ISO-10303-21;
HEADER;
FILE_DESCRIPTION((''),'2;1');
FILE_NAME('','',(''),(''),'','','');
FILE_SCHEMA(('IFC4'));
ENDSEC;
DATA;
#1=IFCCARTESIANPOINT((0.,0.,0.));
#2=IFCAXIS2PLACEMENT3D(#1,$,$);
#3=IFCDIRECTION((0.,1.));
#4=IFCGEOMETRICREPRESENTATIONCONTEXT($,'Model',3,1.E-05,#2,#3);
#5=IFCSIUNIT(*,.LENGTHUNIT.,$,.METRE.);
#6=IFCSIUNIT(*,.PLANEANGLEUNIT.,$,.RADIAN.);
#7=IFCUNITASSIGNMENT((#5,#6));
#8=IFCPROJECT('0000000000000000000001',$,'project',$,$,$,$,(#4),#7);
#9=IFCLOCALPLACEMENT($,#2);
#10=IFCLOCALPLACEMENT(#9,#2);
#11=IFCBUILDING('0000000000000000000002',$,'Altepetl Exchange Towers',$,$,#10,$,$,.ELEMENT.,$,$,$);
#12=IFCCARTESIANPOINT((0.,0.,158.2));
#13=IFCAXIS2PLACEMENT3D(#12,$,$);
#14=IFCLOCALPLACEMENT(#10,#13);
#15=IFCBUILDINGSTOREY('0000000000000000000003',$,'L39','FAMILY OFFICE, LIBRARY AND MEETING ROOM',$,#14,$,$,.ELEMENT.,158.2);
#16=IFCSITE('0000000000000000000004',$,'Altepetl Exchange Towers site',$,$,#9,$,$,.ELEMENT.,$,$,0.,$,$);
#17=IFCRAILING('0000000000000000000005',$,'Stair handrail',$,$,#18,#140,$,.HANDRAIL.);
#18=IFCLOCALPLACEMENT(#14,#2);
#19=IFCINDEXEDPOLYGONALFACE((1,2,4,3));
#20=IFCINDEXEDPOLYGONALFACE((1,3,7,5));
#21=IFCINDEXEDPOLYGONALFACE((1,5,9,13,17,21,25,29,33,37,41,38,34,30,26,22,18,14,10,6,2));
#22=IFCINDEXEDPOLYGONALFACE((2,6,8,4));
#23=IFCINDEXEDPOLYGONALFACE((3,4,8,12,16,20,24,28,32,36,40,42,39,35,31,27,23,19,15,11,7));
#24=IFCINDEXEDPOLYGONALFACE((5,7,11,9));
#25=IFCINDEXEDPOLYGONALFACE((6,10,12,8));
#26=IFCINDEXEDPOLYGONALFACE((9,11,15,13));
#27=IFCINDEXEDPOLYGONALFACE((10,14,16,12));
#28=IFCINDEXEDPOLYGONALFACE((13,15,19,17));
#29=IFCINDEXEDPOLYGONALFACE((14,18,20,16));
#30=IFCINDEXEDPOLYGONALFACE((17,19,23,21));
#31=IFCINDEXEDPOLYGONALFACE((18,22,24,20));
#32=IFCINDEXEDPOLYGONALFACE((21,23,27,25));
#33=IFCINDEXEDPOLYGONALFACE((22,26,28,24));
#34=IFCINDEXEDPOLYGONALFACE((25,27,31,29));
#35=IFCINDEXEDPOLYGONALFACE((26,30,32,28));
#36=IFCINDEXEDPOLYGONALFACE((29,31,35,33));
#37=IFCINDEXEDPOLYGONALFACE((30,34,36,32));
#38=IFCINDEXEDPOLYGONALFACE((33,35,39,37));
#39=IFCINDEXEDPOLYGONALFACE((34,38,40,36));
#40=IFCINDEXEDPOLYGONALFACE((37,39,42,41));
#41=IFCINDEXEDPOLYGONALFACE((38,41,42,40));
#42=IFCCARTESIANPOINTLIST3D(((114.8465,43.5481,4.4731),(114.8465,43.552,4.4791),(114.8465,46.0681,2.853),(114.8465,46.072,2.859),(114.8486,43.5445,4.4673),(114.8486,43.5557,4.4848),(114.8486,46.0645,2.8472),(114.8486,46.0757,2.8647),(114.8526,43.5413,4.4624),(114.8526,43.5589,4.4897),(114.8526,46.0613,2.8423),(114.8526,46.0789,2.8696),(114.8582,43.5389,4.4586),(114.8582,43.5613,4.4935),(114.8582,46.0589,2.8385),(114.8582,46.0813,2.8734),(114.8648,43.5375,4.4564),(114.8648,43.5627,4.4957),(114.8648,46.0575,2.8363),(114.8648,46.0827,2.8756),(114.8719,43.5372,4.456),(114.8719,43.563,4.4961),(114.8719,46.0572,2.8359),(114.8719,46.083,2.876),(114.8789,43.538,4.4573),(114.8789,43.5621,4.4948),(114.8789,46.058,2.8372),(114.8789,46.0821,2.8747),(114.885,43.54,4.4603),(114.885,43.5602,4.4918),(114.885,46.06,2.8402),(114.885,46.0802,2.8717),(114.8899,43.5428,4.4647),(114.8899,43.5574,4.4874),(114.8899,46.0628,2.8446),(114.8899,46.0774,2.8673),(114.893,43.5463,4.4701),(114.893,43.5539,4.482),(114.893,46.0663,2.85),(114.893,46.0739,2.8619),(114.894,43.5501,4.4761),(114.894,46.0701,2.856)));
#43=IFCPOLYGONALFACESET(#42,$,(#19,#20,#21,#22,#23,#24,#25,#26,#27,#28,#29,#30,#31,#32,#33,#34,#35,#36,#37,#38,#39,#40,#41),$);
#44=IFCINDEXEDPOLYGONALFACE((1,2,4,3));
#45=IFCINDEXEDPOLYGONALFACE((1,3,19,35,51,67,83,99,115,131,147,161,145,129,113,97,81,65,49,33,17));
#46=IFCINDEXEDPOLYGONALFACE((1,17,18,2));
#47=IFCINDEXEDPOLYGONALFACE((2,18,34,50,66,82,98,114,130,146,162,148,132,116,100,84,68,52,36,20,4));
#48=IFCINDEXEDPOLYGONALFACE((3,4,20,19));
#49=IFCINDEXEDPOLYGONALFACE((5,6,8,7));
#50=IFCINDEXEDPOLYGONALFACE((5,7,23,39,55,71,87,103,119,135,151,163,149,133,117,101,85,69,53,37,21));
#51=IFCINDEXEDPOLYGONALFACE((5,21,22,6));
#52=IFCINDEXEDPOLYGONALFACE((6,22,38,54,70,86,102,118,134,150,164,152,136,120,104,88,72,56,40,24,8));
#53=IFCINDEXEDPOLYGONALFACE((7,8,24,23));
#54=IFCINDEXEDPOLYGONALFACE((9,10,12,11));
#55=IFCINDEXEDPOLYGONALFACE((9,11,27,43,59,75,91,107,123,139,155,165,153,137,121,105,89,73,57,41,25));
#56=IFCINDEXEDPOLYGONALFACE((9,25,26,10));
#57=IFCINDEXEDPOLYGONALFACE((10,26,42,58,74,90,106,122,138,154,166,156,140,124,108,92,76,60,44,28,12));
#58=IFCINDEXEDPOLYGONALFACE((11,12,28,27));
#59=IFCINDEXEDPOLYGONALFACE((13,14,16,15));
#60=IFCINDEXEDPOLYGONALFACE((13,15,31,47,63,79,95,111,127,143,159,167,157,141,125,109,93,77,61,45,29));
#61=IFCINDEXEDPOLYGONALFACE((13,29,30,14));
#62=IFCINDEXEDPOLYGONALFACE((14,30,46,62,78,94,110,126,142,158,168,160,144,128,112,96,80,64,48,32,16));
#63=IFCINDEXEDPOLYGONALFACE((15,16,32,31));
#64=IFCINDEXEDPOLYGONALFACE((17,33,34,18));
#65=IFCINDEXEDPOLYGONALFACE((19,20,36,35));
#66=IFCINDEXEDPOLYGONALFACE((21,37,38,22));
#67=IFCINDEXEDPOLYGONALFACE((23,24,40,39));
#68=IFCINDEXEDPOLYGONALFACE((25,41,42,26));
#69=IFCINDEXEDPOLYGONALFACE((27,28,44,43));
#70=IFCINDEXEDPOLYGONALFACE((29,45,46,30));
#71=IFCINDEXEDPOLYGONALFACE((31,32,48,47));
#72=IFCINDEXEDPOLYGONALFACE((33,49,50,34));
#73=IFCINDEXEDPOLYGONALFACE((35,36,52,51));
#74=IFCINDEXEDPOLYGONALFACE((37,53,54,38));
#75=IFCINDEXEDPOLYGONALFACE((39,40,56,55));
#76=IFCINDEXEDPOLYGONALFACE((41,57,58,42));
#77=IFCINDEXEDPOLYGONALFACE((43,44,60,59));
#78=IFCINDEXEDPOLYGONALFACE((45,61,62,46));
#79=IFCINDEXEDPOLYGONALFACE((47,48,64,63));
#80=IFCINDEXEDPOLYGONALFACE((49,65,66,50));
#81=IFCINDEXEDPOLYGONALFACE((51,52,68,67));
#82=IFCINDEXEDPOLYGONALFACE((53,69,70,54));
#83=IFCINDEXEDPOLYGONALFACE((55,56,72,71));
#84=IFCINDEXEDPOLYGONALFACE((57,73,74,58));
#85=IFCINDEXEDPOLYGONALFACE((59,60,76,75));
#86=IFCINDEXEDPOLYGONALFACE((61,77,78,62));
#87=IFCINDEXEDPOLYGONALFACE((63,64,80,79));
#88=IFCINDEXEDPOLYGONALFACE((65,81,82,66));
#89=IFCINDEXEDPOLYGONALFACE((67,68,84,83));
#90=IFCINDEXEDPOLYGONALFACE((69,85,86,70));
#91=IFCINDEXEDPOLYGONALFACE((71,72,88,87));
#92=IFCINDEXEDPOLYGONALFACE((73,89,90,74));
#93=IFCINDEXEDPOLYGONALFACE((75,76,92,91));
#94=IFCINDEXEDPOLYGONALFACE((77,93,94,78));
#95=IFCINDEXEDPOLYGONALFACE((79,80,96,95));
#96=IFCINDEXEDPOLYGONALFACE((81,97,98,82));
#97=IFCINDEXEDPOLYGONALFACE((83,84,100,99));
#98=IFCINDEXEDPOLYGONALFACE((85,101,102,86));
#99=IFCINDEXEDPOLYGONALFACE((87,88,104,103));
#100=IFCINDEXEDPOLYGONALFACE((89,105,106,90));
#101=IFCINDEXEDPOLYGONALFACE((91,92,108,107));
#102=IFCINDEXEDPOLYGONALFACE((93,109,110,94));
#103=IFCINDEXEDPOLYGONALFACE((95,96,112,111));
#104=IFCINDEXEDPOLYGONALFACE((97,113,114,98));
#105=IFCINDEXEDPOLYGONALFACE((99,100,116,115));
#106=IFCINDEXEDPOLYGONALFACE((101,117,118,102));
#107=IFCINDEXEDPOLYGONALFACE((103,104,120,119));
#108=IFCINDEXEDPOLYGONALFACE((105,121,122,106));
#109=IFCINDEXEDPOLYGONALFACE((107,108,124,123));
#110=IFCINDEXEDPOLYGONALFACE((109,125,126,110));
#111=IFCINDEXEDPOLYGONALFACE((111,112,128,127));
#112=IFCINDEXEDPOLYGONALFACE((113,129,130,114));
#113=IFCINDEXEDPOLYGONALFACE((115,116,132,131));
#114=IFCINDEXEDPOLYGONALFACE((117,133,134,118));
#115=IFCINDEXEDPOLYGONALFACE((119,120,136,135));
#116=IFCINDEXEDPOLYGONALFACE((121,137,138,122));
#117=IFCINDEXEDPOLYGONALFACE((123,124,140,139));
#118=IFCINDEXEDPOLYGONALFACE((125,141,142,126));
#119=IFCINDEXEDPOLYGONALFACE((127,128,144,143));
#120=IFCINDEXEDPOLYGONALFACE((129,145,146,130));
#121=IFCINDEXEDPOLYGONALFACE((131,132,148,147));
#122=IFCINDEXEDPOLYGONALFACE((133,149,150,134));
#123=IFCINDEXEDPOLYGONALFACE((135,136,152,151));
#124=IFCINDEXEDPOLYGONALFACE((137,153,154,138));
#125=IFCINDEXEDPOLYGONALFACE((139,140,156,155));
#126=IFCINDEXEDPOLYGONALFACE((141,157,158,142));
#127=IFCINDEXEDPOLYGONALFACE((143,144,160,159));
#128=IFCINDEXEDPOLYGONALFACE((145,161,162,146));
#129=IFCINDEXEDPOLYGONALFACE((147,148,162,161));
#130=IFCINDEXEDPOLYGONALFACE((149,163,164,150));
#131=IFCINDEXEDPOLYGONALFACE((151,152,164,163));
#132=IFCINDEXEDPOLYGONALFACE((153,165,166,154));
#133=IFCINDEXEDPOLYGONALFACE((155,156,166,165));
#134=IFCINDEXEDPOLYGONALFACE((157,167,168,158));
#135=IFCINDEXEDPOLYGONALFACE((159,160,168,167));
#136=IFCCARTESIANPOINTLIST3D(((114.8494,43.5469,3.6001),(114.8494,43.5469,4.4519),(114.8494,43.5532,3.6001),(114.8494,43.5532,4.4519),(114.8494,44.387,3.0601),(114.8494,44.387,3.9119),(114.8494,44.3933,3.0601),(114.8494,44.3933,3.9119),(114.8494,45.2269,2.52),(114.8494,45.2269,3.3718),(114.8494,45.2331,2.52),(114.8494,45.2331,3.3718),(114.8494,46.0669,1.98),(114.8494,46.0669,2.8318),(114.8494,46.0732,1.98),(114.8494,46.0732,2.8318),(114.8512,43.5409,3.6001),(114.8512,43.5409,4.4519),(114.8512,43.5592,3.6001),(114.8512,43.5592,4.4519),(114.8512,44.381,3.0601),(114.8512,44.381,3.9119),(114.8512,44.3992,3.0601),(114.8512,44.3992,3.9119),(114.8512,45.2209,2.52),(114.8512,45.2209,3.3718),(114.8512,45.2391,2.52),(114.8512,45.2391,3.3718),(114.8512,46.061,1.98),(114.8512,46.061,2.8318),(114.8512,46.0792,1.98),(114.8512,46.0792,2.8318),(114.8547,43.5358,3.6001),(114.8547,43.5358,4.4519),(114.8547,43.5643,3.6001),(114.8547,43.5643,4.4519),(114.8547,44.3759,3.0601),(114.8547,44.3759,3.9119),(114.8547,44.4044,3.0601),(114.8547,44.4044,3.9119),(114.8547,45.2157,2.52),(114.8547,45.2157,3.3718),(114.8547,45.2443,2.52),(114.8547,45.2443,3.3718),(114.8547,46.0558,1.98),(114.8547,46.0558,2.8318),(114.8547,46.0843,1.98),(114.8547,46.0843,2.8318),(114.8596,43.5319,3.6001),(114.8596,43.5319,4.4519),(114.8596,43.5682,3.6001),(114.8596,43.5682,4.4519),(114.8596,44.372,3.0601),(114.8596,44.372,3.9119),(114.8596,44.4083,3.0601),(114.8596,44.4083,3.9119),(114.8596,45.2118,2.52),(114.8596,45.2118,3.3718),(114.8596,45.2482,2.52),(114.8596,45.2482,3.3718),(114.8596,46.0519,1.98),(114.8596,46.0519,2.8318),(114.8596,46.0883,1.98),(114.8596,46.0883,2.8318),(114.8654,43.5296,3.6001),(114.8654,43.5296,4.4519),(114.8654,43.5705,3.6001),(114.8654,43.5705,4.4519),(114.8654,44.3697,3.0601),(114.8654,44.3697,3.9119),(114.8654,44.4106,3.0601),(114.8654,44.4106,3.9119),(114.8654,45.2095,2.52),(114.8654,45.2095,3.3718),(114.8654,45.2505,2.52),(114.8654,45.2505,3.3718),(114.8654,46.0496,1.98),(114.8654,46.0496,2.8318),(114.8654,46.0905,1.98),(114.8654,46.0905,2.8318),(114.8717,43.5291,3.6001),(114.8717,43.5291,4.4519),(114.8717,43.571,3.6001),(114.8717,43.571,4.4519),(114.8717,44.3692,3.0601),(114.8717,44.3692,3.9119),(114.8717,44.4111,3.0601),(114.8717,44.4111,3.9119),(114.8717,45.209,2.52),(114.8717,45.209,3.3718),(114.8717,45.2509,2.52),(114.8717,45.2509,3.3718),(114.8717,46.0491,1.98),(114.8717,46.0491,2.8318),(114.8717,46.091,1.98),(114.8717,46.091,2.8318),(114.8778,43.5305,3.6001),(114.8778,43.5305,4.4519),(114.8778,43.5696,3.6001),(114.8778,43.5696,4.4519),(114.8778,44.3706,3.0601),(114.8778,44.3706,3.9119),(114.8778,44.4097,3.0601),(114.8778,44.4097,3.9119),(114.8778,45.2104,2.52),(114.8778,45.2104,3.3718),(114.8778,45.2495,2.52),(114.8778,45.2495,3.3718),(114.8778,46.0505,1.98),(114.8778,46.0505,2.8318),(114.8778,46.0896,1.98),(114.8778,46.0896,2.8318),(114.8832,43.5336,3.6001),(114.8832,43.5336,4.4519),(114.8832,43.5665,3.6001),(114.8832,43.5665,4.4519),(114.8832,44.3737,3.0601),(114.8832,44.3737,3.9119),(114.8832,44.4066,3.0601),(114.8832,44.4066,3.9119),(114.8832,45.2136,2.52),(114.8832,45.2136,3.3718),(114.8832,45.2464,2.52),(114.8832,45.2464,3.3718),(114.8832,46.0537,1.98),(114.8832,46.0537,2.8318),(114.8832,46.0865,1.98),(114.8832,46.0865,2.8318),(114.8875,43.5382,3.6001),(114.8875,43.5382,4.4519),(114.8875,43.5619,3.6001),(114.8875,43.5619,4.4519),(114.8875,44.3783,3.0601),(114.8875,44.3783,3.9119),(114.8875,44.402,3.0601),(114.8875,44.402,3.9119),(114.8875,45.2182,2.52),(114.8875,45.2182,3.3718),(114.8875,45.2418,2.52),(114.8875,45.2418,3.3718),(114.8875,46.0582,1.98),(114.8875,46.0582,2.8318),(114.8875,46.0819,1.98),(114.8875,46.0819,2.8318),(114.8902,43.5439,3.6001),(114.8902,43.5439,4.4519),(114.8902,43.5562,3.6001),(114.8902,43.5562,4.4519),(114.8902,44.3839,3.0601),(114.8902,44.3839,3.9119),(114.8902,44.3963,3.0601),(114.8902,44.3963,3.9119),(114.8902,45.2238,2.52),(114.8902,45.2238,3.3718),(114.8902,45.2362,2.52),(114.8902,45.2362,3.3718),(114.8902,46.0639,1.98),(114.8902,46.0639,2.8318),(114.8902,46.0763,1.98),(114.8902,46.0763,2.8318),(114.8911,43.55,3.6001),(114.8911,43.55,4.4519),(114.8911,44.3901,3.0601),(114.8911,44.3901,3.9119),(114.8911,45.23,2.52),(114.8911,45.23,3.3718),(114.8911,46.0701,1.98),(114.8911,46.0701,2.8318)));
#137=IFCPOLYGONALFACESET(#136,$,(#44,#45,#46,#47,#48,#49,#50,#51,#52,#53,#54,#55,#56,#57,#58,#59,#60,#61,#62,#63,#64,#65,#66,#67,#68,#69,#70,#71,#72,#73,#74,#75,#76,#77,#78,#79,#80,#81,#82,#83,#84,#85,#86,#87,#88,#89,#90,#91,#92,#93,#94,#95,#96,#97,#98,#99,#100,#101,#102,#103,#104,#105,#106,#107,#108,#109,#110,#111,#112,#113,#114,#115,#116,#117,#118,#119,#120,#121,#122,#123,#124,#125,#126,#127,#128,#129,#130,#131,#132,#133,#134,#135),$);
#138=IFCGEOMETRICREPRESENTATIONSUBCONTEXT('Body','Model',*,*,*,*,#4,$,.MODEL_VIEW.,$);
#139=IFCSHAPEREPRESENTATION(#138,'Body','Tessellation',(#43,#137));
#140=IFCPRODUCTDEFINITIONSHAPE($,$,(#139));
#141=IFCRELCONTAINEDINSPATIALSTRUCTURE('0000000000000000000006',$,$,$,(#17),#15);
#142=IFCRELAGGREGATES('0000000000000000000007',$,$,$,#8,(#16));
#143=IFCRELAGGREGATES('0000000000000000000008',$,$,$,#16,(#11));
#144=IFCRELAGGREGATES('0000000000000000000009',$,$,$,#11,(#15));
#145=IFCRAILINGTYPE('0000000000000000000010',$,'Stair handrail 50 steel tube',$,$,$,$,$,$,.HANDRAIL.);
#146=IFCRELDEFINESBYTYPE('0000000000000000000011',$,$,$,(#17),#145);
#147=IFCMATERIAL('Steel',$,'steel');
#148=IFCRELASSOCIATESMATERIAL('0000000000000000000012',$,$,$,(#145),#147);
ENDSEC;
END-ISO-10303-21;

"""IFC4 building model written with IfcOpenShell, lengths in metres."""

from ifc_helpers import new_model, si_unit, direction, frame, origin, origin_2d, place, context, subcontext, project, spatial, circle, extrude, source, transform, mapped, material, type_object, element, save


model = new_model("IFC4")

# Units and contexts
model_context = context("Model", 3, precision=1e-05, world=origin(), true_north=direction((0.0, 1.0)))
body_context = subcontext(model_context, "Body", "Model", "MODEL_VIEW")
ifc_project = project(units=[si_unit("LENGTHUNIT", "METRE"), si_unit("PLANEANGLEUNIT", "RADIAN")], contexts=[model_context])

# Site, building, storey
site_placement = place(None, origin())
site = spatial("IfcSite", under=ifc_project, at=site_placement, Name="Altepetl Exchange Towers site", CompositionType="ELEMENT", RefElevation=0.0)
building_placement = place(site_placement, origin())
building = spatial("IfcBuilding", under=site, at=building_placement, Name="Altepetl Exchange Towers", CompositionType="ELEMENT")
storey_placement = place(building_placement, frame((0.0, 0.0, 158.2)))
storey = spatial("IfcBuildingStorey", under=building, at=storey_placement, Name="L39", Description="FAMILY OFFICE, LIBRARY AND MEETING ROOM", CompositionType="ELEMENT", Elevation=158.2)

# Railing
ifc_material_1 = material(Name="Steel", Category="steel")
railing_type = type_object("IfcRailingType", Name="Stair handrail 50 steel tube", PredefinedType="HANDRAIL", material=ifc_material_1)
shared_shape = source(origin(), body_context, "Body", "SweptSolid", [
    extrude(circle(Radius=0.021, at=origin_2d()), origin(), (0.0, 0.0, 1.0), 0.8518),
])
railing_1_placement = place(storey_placement, frame((114.8701, 46.0701, 1.98)))
element("IfcRailing", 1, at=railing_1_placement, inside=storey, type_object=railing_type, Name="Stair handrail", PredefinedType="HANDRAIL", context=body_context, shape_type="SweptSolid", body=[
    extrude(circle(Radius=0.0239, at=origin_2d()), frame((0.0, 0.0, 0.876), z_axis=(0.0, -0.841163, 0.540782), x_axis=(1.0, 0.0, 0.0)), (0.0, 0.0, 1.0), 2.9958),
    mapped(shared_shape, transform((0.0, 0.0, 0.0))),
    mapped(shared_shape, transform((0.0, -0.8401, 0.54))),
    mapped(shared_shape, transform((0.0, -1.6799, 1.0801))),
    mapped(shared_shape, transform((0.0, -2.52, 1.6201))),
])

save(model, "model.ifc")
